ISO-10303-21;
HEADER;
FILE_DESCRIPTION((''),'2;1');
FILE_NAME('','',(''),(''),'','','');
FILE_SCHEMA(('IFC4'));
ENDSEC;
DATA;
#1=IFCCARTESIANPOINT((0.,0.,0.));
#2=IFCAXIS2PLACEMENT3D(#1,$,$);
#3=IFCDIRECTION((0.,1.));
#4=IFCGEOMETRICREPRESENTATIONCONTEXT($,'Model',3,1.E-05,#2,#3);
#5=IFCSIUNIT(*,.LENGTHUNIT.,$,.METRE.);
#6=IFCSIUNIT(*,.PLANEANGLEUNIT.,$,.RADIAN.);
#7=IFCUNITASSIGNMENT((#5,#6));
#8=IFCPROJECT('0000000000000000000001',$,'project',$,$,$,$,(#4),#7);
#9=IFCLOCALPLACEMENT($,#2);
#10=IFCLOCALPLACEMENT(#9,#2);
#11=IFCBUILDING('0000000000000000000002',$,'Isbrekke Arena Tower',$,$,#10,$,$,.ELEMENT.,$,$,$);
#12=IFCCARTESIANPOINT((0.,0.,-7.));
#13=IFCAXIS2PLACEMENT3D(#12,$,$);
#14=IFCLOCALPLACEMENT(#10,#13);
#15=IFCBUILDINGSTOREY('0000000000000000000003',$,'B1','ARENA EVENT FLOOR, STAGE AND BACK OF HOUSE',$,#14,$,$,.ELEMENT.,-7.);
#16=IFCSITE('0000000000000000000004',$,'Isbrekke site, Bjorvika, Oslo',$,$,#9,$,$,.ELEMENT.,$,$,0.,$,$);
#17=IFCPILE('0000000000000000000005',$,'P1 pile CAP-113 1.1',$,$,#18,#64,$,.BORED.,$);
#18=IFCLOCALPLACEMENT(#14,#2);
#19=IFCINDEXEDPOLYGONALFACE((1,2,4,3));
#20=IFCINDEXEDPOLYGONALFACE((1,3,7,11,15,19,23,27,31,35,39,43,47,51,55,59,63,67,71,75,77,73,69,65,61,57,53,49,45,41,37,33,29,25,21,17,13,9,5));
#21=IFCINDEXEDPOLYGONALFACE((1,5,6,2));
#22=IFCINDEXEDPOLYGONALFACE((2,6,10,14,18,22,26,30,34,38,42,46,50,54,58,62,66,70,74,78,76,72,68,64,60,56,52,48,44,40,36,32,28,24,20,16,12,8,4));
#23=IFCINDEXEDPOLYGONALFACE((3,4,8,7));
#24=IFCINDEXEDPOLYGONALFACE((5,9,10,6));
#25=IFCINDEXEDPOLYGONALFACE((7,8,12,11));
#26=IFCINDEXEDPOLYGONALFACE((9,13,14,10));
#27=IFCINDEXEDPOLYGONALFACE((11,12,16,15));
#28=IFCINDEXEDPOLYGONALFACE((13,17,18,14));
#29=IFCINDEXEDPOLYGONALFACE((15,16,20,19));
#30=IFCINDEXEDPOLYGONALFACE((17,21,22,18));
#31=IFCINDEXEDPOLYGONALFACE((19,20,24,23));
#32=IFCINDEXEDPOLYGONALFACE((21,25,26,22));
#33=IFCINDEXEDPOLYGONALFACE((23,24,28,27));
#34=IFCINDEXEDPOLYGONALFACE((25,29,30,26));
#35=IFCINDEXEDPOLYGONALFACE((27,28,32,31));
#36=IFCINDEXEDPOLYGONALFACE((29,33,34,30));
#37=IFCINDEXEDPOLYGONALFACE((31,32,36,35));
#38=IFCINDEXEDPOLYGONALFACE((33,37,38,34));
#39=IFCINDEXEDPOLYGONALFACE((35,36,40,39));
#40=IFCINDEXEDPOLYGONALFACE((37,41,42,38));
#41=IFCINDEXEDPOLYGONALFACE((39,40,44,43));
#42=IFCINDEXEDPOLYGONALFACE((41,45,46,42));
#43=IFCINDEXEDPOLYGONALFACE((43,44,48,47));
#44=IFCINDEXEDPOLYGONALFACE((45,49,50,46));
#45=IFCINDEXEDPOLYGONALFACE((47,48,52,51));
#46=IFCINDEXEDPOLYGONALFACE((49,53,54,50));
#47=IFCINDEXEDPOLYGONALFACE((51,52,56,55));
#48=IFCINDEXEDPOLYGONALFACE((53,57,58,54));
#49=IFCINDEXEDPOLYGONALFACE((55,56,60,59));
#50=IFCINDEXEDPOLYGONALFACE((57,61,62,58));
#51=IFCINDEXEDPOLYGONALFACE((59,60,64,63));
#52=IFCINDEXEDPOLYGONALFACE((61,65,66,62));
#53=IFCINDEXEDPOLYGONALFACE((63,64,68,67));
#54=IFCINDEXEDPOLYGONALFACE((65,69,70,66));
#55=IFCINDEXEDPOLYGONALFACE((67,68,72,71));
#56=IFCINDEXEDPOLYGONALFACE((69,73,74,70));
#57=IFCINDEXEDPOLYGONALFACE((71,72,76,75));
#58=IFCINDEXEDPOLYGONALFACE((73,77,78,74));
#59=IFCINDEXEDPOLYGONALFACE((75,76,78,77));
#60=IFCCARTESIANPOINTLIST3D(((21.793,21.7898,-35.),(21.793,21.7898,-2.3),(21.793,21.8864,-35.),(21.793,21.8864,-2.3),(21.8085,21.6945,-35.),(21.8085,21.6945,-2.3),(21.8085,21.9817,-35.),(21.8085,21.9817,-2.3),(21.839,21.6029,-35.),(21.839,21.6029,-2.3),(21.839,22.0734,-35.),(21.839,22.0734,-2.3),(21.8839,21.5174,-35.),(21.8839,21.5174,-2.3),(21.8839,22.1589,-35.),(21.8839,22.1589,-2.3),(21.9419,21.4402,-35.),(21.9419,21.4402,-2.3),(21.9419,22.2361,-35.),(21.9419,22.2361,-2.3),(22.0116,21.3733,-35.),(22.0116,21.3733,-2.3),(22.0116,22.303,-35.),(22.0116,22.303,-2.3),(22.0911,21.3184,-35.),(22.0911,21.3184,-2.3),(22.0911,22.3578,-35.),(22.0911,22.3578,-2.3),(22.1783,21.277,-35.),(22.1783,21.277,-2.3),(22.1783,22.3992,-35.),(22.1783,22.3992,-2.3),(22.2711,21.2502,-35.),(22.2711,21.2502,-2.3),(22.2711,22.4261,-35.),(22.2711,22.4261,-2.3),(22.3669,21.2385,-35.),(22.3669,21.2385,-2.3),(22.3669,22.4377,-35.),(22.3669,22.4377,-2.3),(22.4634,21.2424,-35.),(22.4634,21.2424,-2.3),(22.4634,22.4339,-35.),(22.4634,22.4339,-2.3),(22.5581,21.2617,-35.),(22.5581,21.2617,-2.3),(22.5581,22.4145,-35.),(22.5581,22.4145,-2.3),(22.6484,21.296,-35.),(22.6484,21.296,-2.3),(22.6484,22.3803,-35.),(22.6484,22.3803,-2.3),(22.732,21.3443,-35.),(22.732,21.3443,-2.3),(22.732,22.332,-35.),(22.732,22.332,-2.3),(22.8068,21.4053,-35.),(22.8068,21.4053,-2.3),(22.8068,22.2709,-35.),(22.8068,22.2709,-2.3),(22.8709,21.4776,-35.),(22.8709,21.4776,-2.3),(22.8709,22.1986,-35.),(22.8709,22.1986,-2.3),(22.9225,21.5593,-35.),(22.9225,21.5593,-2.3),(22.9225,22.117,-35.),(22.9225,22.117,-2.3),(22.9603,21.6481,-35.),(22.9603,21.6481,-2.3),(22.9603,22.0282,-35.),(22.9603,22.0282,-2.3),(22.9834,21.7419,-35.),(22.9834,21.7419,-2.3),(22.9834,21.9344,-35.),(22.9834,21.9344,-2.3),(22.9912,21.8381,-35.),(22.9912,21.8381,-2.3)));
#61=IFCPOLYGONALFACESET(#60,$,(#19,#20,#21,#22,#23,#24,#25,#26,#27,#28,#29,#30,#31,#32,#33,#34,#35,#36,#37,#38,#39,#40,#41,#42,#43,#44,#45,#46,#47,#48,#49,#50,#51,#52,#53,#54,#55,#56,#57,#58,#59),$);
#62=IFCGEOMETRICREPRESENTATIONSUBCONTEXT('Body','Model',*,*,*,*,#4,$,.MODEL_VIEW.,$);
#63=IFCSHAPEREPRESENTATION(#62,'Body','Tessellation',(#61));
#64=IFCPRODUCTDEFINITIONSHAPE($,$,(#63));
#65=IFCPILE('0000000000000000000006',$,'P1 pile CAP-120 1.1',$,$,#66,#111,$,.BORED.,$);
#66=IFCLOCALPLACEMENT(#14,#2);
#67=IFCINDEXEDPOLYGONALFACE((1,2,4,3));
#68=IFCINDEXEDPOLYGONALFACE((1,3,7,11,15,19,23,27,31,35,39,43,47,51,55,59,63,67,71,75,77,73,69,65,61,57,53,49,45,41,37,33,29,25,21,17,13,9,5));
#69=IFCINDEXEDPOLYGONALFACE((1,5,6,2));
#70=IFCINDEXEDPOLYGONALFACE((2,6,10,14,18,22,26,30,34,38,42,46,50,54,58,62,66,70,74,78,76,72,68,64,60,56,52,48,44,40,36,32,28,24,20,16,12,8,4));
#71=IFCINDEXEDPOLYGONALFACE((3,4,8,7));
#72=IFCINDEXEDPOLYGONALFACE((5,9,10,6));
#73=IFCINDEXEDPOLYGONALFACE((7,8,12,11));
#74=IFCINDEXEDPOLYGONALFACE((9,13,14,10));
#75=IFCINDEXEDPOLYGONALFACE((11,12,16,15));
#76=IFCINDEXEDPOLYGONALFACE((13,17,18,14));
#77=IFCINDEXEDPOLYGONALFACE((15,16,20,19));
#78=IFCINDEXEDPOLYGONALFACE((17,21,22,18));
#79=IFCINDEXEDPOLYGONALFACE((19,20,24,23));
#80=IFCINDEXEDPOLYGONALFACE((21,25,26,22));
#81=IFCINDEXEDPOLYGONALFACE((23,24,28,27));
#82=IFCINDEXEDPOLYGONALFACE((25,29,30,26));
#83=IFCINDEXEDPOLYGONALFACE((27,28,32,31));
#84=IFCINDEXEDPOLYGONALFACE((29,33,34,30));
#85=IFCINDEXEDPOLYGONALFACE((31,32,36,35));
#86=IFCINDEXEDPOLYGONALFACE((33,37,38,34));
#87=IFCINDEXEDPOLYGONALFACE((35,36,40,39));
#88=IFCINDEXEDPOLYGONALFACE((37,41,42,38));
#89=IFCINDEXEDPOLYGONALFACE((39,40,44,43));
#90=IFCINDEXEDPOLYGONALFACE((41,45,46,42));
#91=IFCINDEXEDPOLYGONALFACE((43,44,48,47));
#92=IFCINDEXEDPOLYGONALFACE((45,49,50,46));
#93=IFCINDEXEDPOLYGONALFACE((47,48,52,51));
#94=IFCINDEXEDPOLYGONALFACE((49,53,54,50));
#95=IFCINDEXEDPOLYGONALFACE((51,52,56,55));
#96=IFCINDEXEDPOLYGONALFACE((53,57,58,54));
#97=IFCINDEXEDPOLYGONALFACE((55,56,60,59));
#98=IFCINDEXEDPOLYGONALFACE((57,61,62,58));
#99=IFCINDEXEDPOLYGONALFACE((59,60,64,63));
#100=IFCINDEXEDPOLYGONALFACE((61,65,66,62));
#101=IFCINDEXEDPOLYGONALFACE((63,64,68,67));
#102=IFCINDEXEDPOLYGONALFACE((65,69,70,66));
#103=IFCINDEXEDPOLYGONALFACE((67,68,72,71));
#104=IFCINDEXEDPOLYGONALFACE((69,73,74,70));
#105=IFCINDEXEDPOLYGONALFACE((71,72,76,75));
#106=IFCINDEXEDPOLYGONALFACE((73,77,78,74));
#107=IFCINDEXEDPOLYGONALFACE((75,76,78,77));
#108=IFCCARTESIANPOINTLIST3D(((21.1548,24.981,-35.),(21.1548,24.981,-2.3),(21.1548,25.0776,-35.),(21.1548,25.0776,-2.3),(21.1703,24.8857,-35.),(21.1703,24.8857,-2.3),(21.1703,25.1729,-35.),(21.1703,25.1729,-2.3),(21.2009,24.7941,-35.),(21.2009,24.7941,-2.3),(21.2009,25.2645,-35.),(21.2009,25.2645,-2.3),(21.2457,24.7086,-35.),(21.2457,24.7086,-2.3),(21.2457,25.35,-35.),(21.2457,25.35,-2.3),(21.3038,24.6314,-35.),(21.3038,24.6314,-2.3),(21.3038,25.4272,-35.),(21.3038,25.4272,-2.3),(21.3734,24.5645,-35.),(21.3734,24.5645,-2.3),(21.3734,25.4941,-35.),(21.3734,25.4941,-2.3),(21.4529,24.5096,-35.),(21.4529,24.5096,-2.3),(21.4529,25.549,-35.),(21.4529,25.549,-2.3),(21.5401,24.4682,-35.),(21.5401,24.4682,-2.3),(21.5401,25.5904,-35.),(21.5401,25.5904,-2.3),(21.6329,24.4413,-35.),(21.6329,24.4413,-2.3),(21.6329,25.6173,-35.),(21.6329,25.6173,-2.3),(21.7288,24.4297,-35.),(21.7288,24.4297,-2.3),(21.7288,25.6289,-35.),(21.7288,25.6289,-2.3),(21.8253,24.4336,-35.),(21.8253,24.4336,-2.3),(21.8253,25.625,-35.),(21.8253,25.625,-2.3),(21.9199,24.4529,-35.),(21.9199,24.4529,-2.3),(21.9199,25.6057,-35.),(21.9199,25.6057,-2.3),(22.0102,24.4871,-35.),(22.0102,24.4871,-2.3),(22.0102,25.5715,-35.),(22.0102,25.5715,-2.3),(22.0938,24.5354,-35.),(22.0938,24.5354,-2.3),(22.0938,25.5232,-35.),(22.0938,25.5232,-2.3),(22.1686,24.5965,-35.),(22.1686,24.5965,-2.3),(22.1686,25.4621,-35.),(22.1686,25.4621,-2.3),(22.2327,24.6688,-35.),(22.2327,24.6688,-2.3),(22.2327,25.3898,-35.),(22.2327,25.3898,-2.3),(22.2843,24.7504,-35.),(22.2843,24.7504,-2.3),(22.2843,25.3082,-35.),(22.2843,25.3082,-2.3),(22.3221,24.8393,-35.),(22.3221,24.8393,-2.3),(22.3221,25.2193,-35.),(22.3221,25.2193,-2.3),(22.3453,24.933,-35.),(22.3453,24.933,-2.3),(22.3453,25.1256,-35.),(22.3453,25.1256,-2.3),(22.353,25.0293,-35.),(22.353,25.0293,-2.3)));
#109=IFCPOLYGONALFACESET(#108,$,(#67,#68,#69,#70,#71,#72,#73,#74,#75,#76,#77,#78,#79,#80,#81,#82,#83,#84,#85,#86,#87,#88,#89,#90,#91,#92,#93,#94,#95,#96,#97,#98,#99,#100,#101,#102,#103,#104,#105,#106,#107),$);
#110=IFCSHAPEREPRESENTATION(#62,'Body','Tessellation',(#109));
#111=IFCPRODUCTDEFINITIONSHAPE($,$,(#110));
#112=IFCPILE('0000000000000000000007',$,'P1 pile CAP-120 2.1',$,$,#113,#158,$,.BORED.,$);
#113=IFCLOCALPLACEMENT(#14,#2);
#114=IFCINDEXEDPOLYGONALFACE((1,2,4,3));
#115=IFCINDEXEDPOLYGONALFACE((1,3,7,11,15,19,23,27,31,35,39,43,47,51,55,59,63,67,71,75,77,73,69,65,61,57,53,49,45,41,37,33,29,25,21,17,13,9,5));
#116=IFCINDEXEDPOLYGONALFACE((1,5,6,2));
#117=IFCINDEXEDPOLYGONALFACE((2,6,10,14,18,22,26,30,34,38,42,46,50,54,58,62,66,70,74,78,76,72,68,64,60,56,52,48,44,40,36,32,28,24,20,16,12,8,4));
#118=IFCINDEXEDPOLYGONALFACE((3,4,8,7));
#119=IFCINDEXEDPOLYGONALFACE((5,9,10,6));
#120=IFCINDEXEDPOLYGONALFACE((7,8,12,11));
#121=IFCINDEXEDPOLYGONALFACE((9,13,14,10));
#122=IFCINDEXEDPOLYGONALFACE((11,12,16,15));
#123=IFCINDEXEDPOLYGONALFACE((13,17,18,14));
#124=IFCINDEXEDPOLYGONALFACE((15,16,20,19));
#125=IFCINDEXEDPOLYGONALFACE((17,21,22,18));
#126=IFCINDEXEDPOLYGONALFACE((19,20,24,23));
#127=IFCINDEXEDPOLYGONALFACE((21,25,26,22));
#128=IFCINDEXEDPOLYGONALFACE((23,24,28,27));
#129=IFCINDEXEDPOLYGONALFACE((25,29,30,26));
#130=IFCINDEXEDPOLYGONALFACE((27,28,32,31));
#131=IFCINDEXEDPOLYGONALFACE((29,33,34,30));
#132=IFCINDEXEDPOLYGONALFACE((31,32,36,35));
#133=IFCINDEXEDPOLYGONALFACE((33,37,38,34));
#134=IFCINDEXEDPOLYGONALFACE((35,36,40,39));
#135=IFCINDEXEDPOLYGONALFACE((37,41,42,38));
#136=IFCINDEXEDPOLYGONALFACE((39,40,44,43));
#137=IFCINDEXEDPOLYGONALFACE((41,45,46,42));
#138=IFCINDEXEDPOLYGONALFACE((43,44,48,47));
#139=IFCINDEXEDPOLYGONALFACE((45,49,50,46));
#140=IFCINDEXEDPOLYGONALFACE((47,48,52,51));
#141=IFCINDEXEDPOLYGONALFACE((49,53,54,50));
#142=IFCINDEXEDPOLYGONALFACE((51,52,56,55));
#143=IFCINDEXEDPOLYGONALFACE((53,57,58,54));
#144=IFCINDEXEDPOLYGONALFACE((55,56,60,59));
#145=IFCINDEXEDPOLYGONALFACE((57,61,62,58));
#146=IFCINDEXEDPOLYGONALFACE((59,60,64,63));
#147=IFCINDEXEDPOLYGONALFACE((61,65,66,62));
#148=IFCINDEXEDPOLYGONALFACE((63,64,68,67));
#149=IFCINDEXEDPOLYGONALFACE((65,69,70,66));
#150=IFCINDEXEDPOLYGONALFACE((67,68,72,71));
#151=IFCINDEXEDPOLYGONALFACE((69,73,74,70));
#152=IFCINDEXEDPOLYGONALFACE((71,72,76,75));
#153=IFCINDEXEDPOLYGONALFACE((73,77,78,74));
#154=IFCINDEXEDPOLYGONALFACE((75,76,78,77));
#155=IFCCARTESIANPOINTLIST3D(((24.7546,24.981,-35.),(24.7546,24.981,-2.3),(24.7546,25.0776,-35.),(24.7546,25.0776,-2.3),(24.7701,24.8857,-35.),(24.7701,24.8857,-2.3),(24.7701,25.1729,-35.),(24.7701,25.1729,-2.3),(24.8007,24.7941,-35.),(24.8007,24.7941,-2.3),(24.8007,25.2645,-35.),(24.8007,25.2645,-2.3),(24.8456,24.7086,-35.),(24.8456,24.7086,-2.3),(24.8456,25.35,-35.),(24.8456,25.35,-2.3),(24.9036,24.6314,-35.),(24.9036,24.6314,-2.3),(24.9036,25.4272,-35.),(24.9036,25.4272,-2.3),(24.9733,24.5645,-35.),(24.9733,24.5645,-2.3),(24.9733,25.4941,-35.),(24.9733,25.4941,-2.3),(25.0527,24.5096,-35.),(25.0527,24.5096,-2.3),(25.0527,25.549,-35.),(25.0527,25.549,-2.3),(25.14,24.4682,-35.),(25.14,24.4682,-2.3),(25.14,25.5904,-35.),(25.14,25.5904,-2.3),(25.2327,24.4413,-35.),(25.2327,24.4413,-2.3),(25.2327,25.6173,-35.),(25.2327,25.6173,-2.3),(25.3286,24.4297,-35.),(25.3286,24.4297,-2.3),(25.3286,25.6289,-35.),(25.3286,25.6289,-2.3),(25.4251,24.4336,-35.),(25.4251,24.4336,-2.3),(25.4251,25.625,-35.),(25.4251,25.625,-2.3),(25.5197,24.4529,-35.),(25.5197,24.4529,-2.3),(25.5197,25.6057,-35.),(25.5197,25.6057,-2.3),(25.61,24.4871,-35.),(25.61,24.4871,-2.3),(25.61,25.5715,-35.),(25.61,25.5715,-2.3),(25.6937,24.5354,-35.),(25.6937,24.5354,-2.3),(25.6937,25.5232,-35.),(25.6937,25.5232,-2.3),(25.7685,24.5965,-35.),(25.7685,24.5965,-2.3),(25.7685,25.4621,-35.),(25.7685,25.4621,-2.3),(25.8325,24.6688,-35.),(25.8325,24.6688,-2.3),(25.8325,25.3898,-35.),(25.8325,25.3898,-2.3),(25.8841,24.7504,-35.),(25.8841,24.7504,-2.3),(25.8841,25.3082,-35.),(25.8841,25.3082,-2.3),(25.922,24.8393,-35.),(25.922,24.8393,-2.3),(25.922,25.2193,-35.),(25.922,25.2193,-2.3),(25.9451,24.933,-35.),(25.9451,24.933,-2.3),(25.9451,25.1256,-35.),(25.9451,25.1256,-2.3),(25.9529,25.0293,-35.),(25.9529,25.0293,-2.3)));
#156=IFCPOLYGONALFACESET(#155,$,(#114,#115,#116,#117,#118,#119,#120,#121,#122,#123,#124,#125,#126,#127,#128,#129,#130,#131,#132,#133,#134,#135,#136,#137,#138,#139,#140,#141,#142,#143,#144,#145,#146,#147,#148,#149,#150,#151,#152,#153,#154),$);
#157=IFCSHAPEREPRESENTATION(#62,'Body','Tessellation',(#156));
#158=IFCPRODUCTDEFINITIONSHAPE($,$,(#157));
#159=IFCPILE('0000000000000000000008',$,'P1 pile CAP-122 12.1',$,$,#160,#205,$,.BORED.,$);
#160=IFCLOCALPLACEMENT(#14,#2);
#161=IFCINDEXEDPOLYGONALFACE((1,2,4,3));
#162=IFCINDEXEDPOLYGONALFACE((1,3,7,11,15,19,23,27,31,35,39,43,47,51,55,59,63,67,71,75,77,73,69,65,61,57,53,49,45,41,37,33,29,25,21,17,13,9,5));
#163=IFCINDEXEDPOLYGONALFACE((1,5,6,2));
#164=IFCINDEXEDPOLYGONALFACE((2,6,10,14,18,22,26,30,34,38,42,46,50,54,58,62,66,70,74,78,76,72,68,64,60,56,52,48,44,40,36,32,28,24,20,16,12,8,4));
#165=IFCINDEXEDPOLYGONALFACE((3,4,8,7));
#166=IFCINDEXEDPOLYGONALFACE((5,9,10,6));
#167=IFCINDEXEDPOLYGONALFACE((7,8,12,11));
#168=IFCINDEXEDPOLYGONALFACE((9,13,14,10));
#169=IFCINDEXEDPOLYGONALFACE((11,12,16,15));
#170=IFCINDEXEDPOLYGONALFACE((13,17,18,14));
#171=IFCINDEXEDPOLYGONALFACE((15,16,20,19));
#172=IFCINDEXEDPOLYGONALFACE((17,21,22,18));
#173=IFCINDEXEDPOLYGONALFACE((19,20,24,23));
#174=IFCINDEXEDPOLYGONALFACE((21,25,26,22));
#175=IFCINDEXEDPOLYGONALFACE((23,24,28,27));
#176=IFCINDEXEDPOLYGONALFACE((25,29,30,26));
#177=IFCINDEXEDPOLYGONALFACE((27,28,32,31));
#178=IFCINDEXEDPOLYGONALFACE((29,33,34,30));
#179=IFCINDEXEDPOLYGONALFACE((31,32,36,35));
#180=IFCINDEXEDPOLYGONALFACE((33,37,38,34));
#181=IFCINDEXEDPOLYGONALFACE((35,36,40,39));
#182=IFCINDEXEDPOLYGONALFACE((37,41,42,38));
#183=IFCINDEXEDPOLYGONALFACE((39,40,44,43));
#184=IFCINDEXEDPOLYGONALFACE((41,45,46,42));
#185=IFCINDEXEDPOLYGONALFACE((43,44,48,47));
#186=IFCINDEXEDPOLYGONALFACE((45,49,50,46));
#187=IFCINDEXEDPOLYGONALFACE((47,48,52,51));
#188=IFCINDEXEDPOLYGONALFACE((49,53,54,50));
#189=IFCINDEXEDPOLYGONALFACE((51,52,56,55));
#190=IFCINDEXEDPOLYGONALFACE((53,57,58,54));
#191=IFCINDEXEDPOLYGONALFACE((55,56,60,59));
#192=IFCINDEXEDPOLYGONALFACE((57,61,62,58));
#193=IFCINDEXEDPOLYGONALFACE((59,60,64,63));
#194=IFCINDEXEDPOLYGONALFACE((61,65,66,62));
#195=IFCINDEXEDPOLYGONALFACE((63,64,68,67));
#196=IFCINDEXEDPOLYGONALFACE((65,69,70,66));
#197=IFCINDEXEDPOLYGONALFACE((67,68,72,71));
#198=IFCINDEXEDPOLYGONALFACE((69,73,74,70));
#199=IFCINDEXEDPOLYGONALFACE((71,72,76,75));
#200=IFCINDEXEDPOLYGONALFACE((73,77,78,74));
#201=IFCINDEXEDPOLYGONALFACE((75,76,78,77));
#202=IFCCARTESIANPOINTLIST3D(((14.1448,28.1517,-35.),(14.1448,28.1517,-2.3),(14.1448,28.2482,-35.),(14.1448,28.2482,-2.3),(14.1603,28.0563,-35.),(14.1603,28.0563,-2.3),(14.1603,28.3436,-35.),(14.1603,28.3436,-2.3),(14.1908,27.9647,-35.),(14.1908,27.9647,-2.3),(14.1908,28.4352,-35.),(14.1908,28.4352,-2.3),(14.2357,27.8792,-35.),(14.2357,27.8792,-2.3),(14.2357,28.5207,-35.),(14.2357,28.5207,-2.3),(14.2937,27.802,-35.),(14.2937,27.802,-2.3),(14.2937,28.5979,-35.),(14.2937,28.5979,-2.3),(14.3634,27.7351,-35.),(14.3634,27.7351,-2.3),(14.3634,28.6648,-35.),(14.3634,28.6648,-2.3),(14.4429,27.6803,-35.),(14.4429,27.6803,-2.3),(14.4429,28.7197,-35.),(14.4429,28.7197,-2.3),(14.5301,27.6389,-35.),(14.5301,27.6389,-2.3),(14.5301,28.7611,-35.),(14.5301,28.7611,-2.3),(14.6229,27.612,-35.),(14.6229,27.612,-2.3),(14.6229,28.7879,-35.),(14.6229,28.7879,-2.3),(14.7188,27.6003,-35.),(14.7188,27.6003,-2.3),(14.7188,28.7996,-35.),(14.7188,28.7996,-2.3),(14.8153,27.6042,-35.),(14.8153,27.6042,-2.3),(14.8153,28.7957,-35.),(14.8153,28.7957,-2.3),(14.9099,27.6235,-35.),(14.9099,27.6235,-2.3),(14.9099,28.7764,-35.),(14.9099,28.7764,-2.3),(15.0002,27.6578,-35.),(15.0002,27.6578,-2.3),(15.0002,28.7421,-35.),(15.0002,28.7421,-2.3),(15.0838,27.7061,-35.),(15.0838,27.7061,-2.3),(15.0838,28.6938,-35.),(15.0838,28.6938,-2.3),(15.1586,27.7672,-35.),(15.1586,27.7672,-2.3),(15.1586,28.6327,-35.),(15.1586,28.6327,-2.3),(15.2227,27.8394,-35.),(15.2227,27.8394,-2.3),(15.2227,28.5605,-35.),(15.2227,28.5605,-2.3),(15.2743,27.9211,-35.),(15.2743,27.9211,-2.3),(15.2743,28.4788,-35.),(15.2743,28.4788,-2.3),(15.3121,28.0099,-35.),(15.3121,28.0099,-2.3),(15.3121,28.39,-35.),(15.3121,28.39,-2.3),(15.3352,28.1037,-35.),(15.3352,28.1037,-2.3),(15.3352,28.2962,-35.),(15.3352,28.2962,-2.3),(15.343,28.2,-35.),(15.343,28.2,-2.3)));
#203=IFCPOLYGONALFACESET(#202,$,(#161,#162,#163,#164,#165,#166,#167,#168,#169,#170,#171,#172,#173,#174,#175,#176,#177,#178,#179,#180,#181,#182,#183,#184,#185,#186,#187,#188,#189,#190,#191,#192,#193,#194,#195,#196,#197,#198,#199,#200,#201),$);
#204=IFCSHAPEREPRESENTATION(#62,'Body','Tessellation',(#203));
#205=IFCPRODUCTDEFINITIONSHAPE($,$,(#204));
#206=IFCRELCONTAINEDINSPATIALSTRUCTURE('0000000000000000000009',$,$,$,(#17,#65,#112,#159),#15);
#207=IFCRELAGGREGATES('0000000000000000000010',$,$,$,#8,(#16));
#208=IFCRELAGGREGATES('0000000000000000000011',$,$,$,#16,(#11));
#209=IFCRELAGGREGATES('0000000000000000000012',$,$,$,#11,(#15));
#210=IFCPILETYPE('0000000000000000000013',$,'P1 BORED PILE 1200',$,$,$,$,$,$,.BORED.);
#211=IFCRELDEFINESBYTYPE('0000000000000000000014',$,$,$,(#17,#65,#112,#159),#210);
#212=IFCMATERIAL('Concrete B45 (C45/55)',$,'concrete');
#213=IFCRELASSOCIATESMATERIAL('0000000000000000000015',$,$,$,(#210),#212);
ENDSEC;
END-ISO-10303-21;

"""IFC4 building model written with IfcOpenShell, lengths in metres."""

from ifc_helpers import new_model, si_unit, direction, frame, origin, origin_2d, place, context, subcontext, project, spatial, circle, extrude, material, material_profile, profile_set, type_object, element, save


model = new_model("IFC4")

# Units and contexts
model_context = context("Model", 3, precision=1e-05, world=origin(), true_north=direction((0.0, 1.0)))
body_context = subcontext(model_context, "Body", "Model", "MODEL_VIEW")
ifc_project = project(units=[si_unit("LENGTHUNIT", "METRE"), si_unit("PLANEANGLEUNIT", "RADIAN")], contexts=[model_context])

# Site, building, storey
site_placement = place(None, origin())
site = spatial("IfcSite", under=ifc_project, at=site_placement, Name="Isbrekke site, Bjorvika, Oslo", CompositionType="ELEMENT", RefElevation=0.0)
building_placement = place(site_placement, origin())
building = spatial("IfcBuilding", under=site, at=building_placement, Name="Isbrekke Arena Tower", CompositionType="ELEMENT")
storey_placement = place(building_placement, frame((0.0, 0.0, -7.0)))
storey = spatial("IfcBuildingStorey", under=building, at=storey_placement, Name="B1", Description="ARENA EVENT FLOOR, STAGE AND BACK OF HOUSE", CompositionType="ELEMENT", Elevation=-7.0)

# Piles
ifc_material_1 = material(Name="Concrete B45 (C45/55)", Category="concrete")
ifc_material_profile_1 = material_profile(ifc_material_1, circle(Radius=0.6001, at=origin_2d()), Name="BORED PILE D1200")
ifc_profile_set_1 = profile_set([ifc_material_profile_1], Name="Concrete B45 (C45/55)")
pile_type = type_object("IfcPileType", Name="P1 BORED PILE 1200", PredefinedType="BORED", material=ifc_profile_set_1)
for number, where, z_axis, x_axis, name in (
    (1, (22.3911, 21.8381, -2.3), (0.0, 0.0, -1.0), (1.0, 0.0, 0.0), "P1 pile CAP-113 1.1"),
    (2, (21.7529, 25.0293, -2.3), (0.0, 0.0, -1.0), (1.0, 0.0, 0.0), "P1 pile CAP-120 1.1"),
    (3, (25.3528, 25.0293, -2.3), (0.0, 0.0, -1.0), (1.0, 0.0, 0.0), "P1 pile CAP-120 2.1"),
    (4, (14.7429, 28.2, -2.3), (0.0, 0.0, -1.0), (1.0, 0.0, 0.0), "P1 pile CAP-122 12.1"),
):
    element("IfcPile", number, at=place(storey_placement, frame(where, z_axis=z_axis, x_axis=x_axis)), inside=storey, type_object=pile_type, Name=name, PredefinedType="BORED", context=body_context, shape_type="SweptSolid", body=[
        extrude(circle(Radius=0.6001, at=origin_2d()), origin(), (0.0, 0.0, 1.0), 32.7),
    ])

save(model, "model.ifc")
